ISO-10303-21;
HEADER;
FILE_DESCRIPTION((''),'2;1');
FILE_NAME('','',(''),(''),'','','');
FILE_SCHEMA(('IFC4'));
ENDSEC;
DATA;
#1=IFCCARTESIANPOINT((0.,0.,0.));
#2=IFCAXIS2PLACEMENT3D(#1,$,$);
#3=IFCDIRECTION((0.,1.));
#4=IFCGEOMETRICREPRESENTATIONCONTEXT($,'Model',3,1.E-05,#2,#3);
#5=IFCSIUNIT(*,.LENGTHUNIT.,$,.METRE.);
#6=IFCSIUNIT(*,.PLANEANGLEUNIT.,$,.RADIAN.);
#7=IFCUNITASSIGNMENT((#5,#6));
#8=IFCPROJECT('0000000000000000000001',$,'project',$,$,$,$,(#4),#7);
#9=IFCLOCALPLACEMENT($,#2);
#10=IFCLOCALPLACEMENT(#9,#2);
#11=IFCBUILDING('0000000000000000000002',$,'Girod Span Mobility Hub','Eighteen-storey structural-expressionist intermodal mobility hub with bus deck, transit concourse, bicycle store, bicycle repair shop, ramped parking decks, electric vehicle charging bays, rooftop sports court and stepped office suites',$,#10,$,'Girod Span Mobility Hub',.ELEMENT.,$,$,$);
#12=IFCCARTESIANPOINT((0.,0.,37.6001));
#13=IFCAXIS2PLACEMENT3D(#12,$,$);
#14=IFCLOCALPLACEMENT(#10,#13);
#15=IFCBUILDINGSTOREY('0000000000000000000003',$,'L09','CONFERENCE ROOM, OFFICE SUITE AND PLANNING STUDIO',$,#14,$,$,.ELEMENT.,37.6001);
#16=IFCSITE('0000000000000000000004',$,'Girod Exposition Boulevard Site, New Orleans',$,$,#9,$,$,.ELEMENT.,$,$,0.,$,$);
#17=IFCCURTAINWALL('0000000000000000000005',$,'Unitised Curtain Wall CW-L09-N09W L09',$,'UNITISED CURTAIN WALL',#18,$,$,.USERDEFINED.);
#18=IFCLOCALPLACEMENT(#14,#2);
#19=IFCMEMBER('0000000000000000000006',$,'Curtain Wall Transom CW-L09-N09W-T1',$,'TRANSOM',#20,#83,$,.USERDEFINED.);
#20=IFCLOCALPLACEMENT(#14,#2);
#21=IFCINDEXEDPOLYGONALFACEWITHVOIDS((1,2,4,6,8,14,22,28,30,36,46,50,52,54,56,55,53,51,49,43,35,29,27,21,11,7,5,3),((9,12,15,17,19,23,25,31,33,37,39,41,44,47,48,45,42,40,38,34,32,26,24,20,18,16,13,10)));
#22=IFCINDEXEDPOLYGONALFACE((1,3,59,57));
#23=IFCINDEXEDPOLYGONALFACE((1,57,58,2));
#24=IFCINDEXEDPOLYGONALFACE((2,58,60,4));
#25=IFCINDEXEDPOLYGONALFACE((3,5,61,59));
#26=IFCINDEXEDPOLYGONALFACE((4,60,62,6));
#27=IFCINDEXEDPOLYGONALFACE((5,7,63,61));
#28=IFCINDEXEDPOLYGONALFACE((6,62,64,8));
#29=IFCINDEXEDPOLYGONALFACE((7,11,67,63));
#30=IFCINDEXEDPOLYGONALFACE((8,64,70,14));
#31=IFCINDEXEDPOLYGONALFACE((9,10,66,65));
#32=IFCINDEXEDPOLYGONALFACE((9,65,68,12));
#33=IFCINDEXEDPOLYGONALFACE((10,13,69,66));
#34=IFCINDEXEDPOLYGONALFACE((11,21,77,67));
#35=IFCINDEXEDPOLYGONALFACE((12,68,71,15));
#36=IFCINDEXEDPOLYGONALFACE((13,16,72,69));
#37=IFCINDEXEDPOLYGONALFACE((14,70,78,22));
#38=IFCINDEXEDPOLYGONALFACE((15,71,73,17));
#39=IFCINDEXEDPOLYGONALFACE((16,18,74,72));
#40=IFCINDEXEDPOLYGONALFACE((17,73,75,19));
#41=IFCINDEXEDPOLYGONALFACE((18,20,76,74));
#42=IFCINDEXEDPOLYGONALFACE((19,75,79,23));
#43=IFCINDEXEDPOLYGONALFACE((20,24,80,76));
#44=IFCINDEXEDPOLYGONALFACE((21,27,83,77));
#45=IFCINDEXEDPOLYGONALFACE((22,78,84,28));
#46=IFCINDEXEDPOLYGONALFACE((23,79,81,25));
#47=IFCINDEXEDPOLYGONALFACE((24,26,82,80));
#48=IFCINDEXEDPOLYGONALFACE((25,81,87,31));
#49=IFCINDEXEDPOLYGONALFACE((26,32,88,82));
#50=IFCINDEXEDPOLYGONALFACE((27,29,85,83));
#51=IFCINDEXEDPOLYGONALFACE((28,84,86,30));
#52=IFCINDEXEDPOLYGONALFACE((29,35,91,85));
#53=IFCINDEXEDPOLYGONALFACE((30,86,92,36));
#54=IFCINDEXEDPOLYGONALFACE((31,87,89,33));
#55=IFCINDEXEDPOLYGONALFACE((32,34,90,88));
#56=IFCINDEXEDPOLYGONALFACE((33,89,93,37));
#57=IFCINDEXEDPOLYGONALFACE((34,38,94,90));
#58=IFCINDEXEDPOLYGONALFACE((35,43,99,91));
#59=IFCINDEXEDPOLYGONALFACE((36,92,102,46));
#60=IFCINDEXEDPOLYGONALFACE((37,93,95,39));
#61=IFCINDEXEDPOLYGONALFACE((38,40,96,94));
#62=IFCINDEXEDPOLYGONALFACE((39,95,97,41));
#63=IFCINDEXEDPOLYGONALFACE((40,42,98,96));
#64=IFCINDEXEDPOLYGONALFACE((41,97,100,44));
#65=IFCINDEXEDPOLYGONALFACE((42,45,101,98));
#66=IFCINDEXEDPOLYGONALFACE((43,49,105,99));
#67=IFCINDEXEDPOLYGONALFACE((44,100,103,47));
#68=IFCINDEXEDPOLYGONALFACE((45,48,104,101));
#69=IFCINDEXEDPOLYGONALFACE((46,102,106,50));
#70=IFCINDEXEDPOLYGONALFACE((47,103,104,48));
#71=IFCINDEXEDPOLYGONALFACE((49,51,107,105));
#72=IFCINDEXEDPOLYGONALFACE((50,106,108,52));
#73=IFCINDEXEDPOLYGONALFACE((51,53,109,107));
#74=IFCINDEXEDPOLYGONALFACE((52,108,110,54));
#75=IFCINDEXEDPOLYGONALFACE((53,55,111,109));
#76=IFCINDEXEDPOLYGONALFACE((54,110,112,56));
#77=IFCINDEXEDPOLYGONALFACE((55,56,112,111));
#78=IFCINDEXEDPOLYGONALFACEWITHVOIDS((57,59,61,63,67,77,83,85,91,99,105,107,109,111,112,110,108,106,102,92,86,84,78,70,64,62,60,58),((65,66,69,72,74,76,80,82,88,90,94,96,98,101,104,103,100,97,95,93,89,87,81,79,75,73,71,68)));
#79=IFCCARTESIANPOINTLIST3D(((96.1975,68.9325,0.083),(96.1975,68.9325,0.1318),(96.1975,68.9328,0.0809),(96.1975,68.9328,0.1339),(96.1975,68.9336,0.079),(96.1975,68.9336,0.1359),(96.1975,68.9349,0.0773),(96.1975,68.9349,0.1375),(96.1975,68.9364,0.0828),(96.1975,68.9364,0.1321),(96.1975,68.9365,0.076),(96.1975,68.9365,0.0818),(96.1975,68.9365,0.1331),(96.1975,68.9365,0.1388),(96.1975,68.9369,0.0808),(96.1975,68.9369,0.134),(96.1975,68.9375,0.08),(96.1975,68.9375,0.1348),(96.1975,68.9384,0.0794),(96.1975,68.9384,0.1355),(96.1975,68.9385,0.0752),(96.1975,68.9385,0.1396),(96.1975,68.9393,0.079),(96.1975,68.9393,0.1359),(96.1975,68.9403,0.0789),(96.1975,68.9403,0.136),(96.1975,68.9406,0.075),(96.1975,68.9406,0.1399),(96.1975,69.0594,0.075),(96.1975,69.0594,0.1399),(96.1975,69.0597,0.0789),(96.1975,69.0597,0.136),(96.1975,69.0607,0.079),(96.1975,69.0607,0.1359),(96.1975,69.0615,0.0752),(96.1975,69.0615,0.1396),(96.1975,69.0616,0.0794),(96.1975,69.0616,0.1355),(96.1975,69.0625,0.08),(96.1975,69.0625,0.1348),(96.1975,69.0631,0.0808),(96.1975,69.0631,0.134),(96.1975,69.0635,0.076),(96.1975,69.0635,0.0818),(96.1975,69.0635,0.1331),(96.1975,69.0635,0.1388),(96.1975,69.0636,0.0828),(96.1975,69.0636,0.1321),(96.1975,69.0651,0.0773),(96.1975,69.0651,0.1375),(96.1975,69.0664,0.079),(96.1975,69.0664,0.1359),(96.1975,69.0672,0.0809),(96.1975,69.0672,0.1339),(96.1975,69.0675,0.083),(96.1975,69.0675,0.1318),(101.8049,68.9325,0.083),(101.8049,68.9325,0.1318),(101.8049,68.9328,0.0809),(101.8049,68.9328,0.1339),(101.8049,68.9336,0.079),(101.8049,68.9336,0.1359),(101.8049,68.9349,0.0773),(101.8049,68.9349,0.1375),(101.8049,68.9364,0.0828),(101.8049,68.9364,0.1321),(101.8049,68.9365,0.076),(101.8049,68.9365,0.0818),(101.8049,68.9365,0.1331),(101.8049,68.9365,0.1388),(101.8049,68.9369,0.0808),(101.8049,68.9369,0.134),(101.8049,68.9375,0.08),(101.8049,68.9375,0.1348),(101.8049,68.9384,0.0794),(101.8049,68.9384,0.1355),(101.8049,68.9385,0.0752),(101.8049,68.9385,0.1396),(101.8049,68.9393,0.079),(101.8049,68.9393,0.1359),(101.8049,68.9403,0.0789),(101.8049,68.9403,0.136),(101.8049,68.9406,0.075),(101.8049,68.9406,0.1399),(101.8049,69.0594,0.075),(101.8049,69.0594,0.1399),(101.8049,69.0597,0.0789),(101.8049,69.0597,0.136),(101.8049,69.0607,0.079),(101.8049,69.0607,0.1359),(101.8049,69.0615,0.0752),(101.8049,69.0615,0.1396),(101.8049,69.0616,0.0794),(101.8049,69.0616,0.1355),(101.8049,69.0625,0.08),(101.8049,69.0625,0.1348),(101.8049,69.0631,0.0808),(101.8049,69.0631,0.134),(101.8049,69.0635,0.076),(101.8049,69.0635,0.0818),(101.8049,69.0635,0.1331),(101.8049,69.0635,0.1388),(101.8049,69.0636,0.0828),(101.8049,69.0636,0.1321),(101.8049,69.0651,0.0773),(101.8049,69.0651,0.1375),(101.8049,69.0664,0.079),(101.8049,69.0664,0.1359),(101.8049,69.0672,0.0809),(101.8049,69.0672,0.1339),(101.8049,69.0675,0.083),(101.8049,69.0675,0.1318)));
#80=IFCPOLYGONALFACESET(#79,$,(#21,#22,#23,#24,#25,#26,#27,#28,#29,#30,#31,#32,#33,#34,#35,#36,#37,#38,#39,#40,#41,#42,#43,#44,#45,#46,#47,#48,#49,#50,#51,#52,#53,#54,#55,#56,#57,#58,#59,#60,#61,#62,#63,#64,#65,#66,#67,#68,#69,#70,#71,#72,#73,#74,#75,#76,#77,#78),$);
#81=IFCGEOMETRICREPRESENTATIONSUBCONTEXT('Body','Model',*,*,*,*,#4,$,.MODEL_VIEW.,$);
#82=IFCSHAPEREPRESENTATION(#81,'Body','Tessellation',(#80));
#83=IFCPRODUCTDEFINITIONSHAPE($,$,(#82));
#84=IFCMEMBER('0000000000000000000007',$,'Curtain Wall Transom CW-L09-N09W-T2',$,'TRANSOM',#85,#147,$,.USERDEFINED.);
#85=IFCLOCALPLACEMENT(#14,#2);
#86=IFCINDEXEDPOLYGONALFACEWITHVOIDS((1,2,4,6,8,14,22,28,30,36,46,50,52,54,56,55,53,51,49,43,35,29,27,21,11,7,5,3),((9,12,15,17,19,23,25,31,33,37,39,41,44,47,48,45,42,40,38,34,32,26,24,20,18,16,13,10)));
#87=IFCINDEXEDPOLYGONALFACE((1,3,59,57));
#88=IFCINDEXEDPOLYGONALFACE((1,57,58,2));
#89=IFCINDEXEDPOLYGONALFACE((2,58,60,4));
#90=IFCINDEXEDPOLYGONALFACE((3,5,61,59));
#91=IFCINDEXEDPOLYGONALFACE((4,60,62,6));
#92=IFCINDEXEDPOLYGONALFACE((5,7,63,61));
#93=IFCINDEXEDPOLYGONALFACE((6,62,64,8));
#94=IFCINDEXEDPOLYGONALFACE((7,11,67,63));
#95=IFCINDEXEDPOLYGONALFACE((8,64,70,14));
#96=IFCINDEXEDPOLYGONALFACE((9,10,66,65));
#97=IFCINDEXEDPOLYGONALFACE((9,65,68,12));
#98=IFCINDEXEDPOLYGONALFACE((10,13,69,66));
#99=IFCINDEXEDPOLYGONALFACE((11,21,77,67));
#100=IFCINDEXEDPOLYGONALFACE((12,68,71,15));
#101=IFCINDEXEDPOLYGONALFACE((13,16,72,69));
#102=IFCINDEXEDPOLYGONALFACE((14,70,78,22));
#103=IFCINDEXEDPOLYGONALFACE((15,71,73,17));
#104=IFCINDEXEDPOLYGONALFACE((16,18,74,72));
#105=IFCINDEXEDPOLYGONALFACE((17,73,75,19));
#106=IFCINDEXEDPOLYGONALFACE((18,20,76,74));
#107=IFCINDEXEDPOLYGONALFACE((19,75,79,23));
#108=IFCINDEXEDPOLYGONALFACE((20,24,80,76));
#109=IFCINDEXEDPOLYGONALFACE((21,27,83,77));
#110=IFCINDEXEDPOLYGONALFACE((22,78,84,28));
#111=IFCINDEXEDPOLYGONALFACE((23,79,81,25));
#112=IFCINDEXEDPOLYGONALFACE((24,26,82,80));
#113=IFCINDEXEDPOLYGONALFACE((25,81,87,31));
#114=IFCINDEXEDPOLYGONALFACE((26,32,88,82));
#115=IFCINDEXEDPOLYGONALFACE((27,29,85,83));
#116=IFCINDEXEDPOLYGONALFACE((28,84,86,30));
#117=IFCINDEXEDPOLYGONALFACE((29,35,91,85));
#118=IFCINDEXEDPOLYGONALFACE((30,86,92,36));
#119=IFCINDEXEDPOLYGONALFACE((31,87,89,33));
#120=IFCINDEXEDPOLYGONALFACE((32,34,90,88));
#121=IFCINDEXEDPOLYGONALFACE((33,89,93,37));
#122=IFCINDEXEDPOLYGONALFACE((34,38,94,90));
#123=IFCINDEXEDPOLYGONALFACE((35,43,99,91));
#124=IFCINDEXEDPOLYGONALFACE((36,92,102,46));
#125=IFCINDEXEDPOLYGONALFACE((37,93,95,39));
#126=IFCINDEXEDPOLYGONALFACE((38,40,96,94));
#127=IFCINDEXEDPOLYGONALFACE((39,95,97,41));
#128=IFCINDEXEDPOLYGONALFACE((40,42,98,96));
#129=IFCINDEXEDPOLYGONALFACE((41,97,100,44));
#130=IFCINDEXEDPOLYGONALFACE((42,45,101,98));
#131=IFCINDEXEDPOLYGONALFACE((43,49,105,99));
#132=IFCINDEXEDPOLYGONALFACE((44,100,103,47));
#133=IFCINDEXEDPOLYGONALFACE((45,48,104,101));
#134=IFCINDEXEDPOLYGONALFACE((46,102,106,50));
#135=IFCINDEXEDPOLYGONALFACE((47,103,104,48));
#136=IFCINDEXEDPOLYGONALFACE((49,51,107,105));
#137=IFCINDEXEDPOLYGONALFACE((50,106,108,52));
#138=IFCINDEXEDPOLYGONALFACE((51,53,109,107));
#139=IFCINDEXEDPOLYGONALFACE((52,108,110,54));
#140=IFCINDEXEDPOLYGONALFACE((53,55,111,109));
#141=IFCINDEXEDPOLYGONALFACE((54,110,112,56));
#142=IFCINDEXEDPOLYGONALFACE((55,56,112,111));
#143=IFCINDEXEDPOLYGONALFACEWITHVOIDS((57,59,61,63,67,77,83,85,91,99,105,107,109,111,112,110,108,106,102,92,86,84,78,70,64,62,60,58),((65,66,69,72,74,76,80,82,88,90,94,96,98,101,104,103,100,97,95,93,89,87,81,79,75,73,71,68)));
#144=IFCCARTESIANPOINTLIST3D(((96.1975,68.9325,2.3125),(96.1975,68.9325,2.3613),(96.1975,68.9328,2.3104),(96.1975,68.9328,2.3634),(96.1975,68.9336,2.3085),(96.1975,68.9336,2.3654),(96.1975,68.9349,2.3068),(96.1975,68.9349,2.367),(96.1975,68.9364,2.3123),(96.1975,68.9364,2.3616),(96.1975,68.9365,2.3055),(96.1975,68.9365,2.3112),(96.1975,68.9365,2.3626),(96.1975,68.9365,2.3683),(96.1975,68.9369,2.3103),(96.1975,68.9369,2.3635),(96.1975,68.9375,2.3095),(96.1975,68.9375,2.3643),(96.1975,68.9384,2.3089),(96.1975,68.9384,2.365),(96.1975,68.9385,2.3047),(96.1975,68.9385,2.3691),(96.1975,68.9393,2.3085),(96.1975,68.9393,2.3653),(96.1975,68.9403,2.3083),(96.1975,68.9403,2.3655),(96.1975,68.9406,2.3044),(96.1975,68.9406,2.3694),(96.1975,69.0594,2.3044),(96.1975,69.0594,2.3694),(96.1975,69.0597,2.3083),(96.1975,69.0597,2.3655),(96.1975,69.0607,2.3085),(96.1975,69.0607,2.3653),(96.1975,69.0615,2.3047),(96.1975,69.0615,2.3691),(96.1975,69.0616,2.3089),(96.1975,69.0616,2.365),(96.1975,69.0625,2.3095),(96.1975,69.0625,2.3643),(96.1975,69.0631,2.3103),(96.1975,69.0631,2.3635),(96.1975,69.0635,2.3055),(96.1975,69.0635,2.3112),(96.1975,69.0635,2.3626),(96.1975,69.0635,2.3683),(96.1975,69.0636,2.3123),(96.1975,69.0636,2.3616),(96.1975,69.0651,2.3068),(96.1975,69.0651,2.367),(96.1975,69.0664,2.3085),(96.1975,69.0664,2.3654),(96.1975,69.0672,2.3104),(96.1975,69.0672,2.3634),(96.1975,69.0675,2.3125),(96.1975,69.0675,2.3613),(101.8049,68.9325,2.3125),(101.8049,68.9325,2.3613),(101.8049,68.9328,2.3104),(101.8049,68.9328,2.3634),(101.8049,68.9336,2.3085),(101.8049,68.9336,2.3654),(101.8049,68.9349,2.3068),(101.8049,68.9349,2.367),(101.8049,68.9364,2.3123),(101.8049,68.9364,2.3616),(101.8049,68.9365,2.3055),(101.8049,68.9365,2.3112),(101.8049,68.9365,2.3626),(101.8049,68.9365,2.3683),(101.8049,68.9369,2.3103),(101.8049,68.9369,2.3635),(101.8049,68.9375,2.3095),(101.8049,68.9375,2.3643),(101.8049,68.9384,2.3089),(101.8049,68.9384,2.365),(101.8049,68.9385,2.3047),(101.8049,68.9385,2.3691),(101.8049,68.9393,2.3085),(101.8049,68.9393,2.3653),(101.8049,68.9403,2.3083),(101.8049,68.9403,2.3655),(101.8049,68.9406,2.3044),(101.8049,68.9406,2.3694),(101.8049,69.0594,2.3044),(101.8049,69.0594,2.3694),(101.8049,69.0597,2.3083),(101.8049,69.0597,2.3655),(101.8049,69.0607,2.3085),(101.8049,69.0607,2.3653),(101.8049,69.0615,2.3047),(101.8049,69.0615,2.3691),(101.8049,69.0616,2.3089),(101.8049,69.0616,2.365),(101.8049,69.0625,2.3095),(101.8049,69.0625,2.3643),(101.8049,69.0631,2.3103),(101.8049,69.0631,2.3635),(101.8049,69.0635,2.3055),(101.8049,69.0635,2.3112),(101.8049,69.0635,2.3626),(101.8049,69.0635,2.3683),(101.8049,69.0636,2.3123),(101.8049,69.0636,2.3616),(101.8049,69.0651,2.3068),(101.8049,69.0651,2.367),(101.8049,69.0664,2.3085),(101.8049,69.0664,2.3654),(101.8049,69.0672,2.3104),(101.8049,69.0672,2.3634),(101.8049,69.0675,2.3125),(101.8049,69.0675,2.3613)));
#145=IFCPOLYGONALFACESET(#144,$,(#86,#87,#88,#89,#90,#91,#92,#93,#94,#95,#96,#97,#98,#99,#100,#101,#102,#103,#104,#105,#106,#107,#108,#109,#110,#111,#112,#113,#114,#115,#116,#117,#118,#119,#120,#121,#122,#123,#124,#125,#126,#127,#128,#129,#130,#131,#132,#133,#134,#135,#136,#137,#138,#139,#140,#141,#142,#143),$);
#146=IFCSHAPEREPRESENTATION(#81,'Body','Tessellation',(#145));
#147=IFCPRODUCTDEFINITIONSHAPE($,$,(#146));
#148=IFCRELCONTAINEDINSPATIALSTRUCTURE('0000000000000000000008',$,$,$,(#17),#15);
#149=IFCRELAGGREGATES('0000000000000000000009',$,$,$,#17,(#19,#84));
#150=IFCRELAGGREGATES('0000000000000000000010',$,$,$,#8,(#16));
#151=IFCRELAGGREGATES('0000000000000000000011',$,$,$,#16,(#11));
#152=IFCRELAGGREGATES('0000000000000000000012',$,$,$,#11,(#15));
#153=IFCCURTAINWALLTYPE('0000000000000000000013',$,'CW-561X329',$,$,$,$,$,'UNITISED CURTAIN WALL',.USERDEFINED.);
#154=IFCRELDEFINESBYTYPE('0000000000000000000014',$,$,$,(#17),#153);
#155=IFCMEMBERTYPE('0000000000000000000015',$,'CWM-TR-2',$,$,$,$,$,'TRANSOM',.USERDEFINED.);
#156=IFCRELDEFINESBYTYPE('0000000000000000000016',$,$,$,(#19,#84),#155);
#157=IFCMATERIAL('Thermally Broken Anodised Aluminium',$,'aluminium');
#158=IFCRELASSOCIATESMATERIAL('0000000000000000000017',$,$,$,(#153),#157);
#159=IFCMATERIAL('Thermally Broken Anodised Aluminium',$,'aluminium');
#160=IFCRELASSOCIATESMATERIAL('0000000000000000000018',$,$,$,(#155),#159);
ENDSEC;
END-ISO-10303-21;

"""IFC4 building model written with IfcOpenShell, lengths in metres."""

from ifc_helpers import new_model, si_unit, direction, frame, origin, origin_2d, place, context, subcontext, project, spatial, hollow_rectangle, extrude, material, material_profile, profile_set, type_object, element, aggregate, save


model = new_model("IFC4")

# Units and contexts
model_context = context("Model", 3, precision=1e-05, world=origin(), true_north=direction((0.0, 1.0)))
body_context = subcontext(model_context, "Body", "Model", "MODEL_VIEW")
ifc_project = project(units=[si_unit("LENGTHUNIT", "METRE"), si_unit("PLANEANGLEUNIT", "RADIAN")], contexts=[model_context])

# Site, building, storey
site_placement = place(None, origin())
site = spatial("IfcSite", under=ifc_project, at=site_placement, Name="Girod Exposition Boulevard Site, New Orleans", CompositionType="ELEMENT", RefElevation=0.0)
building_placement = place(site_placement, origin())
building = spatial("IfcBuilding", under=site, at=building_placement, Name="Girod Span Mobility Hub", Description="Eighteen-storey structural-expressionist intermodal mobility hub with bus deck, transit concourse, bicycle store, bicycle repair shop, ramped parking decks, electric vehicle charging bays, rooftop sports court and stepped office suites", LongName="Girod Span Mobility Hub", CompositionType="ELEMENT")
storey_placement = place(building_placement, frame((0.0, 0.0, 37.6001)))
storey = spatial("IfcBuildingStorey", under=building, at=storey_placement, Name="L09", Description="CONFERENCE ROOM, OFFICE SUITE AND PLANNING STUDIO", CompositionType="ELEMENT", Elevation=37.6001)

# Curtain wall
ifc_material_1 = material(Name="Thermally Broken Anodised Aluminium", Category="aluminium")
curtain_wall_type = type_object("IfcCurtainWallType", Name="CW-561X329", ElementType="UNITISED CURTAIN WALL", PredefinedType="USERDEFINED", material=ifc_material_1)
curtain_wall_1_placement = place(storey_placement, origin())
curtain_wall_1 = element("IfcCurtainWall", 1, at=curtain_wall_1_placement, inside=storey, type_object=curtain_wall_type, Name="Unitised Curtain Wall CW-L09-N09W L09", ObjectType="UNITISED CURTAIN WALL", PredefinedType="USERDEFINED")

# Members
ifc_material_2 = material(Name="Thermally Broken Anodised Aluminium", Category="aluminium")
ifc_material_profile_1 = material_profile(ifc_material_2, hollow_rectangle(XDim=0.135, YDim=0.0649, WallThickness=0.0039, InnerFilletRadius=0.0039, OuterFilletRadius=0.0081, at=origin_2d()), Name="CW-TR-65X135")
ifc_profile_set_1 = profile_set([ifc_material_profile_1], Name="Thermally Broken Anodised Aluminium")
member_type_1 = type_object("IfcMemberType", Name="CWM-TR-2", ElementType="TRANSOM", PredefinedType="USERDEFINED", material=ifc_profile_set_1)
member_1_placement = place(storey_placement, frame((96.1975, 69.0, 0.1074), z_axis=(1.0, 0.0, 0.0), x_axis=(0.0, 1.0, 0.0)))
member_1 = element("IfcMember", 2, at=member_1_placement, type_object=member_type_1, Name="Curtain Wall Transom CW-L09-N09W-T1", ObjectType="TRANSOM", PredefinedType="USERDEFINED", context=body_context, shape_type="SweptSolid", body=[
    extrude(hollow_rectangle(XDim=0.135, YDim=0.0649, WallThickness=0.0039, InnerFilletRadius=0.0039, OuterFilletRadius=0.0081, at=origin_2d()), origin(), (0.0, 0.0, 1.0), 5.6074),
])
member_2_placement = place(storey_placement, frame((96.1975, 69.0, 2.3369), z_axis=(1.0, 0.0, 0.0), x_axis=(0.0, 1.0, 0.0)))
member_2 = element("IfcMember", 3, at=member_2_placement, type_object=member_type_1, Name="Curtain Wall Transom CW-L09-N09W-T2", ObjectType="TRANSOM", PredefinedType="USERDEFINED", context=body_context, shape_type="SweptSolid", body=[
    extrude(hollow_rectangle(XDim=0.135, YDim=0.0649, WallThickness=0.0039, InnerFilletRadius=0.0039, OuterFilletRadius=0.0081, at=origin_2d()), origin(), (0.0, 0.0, 1.0), 5.6074),
])

aggregate(curtain_wall_1, [member_1, member_2])

save(model, "model.ifc")
